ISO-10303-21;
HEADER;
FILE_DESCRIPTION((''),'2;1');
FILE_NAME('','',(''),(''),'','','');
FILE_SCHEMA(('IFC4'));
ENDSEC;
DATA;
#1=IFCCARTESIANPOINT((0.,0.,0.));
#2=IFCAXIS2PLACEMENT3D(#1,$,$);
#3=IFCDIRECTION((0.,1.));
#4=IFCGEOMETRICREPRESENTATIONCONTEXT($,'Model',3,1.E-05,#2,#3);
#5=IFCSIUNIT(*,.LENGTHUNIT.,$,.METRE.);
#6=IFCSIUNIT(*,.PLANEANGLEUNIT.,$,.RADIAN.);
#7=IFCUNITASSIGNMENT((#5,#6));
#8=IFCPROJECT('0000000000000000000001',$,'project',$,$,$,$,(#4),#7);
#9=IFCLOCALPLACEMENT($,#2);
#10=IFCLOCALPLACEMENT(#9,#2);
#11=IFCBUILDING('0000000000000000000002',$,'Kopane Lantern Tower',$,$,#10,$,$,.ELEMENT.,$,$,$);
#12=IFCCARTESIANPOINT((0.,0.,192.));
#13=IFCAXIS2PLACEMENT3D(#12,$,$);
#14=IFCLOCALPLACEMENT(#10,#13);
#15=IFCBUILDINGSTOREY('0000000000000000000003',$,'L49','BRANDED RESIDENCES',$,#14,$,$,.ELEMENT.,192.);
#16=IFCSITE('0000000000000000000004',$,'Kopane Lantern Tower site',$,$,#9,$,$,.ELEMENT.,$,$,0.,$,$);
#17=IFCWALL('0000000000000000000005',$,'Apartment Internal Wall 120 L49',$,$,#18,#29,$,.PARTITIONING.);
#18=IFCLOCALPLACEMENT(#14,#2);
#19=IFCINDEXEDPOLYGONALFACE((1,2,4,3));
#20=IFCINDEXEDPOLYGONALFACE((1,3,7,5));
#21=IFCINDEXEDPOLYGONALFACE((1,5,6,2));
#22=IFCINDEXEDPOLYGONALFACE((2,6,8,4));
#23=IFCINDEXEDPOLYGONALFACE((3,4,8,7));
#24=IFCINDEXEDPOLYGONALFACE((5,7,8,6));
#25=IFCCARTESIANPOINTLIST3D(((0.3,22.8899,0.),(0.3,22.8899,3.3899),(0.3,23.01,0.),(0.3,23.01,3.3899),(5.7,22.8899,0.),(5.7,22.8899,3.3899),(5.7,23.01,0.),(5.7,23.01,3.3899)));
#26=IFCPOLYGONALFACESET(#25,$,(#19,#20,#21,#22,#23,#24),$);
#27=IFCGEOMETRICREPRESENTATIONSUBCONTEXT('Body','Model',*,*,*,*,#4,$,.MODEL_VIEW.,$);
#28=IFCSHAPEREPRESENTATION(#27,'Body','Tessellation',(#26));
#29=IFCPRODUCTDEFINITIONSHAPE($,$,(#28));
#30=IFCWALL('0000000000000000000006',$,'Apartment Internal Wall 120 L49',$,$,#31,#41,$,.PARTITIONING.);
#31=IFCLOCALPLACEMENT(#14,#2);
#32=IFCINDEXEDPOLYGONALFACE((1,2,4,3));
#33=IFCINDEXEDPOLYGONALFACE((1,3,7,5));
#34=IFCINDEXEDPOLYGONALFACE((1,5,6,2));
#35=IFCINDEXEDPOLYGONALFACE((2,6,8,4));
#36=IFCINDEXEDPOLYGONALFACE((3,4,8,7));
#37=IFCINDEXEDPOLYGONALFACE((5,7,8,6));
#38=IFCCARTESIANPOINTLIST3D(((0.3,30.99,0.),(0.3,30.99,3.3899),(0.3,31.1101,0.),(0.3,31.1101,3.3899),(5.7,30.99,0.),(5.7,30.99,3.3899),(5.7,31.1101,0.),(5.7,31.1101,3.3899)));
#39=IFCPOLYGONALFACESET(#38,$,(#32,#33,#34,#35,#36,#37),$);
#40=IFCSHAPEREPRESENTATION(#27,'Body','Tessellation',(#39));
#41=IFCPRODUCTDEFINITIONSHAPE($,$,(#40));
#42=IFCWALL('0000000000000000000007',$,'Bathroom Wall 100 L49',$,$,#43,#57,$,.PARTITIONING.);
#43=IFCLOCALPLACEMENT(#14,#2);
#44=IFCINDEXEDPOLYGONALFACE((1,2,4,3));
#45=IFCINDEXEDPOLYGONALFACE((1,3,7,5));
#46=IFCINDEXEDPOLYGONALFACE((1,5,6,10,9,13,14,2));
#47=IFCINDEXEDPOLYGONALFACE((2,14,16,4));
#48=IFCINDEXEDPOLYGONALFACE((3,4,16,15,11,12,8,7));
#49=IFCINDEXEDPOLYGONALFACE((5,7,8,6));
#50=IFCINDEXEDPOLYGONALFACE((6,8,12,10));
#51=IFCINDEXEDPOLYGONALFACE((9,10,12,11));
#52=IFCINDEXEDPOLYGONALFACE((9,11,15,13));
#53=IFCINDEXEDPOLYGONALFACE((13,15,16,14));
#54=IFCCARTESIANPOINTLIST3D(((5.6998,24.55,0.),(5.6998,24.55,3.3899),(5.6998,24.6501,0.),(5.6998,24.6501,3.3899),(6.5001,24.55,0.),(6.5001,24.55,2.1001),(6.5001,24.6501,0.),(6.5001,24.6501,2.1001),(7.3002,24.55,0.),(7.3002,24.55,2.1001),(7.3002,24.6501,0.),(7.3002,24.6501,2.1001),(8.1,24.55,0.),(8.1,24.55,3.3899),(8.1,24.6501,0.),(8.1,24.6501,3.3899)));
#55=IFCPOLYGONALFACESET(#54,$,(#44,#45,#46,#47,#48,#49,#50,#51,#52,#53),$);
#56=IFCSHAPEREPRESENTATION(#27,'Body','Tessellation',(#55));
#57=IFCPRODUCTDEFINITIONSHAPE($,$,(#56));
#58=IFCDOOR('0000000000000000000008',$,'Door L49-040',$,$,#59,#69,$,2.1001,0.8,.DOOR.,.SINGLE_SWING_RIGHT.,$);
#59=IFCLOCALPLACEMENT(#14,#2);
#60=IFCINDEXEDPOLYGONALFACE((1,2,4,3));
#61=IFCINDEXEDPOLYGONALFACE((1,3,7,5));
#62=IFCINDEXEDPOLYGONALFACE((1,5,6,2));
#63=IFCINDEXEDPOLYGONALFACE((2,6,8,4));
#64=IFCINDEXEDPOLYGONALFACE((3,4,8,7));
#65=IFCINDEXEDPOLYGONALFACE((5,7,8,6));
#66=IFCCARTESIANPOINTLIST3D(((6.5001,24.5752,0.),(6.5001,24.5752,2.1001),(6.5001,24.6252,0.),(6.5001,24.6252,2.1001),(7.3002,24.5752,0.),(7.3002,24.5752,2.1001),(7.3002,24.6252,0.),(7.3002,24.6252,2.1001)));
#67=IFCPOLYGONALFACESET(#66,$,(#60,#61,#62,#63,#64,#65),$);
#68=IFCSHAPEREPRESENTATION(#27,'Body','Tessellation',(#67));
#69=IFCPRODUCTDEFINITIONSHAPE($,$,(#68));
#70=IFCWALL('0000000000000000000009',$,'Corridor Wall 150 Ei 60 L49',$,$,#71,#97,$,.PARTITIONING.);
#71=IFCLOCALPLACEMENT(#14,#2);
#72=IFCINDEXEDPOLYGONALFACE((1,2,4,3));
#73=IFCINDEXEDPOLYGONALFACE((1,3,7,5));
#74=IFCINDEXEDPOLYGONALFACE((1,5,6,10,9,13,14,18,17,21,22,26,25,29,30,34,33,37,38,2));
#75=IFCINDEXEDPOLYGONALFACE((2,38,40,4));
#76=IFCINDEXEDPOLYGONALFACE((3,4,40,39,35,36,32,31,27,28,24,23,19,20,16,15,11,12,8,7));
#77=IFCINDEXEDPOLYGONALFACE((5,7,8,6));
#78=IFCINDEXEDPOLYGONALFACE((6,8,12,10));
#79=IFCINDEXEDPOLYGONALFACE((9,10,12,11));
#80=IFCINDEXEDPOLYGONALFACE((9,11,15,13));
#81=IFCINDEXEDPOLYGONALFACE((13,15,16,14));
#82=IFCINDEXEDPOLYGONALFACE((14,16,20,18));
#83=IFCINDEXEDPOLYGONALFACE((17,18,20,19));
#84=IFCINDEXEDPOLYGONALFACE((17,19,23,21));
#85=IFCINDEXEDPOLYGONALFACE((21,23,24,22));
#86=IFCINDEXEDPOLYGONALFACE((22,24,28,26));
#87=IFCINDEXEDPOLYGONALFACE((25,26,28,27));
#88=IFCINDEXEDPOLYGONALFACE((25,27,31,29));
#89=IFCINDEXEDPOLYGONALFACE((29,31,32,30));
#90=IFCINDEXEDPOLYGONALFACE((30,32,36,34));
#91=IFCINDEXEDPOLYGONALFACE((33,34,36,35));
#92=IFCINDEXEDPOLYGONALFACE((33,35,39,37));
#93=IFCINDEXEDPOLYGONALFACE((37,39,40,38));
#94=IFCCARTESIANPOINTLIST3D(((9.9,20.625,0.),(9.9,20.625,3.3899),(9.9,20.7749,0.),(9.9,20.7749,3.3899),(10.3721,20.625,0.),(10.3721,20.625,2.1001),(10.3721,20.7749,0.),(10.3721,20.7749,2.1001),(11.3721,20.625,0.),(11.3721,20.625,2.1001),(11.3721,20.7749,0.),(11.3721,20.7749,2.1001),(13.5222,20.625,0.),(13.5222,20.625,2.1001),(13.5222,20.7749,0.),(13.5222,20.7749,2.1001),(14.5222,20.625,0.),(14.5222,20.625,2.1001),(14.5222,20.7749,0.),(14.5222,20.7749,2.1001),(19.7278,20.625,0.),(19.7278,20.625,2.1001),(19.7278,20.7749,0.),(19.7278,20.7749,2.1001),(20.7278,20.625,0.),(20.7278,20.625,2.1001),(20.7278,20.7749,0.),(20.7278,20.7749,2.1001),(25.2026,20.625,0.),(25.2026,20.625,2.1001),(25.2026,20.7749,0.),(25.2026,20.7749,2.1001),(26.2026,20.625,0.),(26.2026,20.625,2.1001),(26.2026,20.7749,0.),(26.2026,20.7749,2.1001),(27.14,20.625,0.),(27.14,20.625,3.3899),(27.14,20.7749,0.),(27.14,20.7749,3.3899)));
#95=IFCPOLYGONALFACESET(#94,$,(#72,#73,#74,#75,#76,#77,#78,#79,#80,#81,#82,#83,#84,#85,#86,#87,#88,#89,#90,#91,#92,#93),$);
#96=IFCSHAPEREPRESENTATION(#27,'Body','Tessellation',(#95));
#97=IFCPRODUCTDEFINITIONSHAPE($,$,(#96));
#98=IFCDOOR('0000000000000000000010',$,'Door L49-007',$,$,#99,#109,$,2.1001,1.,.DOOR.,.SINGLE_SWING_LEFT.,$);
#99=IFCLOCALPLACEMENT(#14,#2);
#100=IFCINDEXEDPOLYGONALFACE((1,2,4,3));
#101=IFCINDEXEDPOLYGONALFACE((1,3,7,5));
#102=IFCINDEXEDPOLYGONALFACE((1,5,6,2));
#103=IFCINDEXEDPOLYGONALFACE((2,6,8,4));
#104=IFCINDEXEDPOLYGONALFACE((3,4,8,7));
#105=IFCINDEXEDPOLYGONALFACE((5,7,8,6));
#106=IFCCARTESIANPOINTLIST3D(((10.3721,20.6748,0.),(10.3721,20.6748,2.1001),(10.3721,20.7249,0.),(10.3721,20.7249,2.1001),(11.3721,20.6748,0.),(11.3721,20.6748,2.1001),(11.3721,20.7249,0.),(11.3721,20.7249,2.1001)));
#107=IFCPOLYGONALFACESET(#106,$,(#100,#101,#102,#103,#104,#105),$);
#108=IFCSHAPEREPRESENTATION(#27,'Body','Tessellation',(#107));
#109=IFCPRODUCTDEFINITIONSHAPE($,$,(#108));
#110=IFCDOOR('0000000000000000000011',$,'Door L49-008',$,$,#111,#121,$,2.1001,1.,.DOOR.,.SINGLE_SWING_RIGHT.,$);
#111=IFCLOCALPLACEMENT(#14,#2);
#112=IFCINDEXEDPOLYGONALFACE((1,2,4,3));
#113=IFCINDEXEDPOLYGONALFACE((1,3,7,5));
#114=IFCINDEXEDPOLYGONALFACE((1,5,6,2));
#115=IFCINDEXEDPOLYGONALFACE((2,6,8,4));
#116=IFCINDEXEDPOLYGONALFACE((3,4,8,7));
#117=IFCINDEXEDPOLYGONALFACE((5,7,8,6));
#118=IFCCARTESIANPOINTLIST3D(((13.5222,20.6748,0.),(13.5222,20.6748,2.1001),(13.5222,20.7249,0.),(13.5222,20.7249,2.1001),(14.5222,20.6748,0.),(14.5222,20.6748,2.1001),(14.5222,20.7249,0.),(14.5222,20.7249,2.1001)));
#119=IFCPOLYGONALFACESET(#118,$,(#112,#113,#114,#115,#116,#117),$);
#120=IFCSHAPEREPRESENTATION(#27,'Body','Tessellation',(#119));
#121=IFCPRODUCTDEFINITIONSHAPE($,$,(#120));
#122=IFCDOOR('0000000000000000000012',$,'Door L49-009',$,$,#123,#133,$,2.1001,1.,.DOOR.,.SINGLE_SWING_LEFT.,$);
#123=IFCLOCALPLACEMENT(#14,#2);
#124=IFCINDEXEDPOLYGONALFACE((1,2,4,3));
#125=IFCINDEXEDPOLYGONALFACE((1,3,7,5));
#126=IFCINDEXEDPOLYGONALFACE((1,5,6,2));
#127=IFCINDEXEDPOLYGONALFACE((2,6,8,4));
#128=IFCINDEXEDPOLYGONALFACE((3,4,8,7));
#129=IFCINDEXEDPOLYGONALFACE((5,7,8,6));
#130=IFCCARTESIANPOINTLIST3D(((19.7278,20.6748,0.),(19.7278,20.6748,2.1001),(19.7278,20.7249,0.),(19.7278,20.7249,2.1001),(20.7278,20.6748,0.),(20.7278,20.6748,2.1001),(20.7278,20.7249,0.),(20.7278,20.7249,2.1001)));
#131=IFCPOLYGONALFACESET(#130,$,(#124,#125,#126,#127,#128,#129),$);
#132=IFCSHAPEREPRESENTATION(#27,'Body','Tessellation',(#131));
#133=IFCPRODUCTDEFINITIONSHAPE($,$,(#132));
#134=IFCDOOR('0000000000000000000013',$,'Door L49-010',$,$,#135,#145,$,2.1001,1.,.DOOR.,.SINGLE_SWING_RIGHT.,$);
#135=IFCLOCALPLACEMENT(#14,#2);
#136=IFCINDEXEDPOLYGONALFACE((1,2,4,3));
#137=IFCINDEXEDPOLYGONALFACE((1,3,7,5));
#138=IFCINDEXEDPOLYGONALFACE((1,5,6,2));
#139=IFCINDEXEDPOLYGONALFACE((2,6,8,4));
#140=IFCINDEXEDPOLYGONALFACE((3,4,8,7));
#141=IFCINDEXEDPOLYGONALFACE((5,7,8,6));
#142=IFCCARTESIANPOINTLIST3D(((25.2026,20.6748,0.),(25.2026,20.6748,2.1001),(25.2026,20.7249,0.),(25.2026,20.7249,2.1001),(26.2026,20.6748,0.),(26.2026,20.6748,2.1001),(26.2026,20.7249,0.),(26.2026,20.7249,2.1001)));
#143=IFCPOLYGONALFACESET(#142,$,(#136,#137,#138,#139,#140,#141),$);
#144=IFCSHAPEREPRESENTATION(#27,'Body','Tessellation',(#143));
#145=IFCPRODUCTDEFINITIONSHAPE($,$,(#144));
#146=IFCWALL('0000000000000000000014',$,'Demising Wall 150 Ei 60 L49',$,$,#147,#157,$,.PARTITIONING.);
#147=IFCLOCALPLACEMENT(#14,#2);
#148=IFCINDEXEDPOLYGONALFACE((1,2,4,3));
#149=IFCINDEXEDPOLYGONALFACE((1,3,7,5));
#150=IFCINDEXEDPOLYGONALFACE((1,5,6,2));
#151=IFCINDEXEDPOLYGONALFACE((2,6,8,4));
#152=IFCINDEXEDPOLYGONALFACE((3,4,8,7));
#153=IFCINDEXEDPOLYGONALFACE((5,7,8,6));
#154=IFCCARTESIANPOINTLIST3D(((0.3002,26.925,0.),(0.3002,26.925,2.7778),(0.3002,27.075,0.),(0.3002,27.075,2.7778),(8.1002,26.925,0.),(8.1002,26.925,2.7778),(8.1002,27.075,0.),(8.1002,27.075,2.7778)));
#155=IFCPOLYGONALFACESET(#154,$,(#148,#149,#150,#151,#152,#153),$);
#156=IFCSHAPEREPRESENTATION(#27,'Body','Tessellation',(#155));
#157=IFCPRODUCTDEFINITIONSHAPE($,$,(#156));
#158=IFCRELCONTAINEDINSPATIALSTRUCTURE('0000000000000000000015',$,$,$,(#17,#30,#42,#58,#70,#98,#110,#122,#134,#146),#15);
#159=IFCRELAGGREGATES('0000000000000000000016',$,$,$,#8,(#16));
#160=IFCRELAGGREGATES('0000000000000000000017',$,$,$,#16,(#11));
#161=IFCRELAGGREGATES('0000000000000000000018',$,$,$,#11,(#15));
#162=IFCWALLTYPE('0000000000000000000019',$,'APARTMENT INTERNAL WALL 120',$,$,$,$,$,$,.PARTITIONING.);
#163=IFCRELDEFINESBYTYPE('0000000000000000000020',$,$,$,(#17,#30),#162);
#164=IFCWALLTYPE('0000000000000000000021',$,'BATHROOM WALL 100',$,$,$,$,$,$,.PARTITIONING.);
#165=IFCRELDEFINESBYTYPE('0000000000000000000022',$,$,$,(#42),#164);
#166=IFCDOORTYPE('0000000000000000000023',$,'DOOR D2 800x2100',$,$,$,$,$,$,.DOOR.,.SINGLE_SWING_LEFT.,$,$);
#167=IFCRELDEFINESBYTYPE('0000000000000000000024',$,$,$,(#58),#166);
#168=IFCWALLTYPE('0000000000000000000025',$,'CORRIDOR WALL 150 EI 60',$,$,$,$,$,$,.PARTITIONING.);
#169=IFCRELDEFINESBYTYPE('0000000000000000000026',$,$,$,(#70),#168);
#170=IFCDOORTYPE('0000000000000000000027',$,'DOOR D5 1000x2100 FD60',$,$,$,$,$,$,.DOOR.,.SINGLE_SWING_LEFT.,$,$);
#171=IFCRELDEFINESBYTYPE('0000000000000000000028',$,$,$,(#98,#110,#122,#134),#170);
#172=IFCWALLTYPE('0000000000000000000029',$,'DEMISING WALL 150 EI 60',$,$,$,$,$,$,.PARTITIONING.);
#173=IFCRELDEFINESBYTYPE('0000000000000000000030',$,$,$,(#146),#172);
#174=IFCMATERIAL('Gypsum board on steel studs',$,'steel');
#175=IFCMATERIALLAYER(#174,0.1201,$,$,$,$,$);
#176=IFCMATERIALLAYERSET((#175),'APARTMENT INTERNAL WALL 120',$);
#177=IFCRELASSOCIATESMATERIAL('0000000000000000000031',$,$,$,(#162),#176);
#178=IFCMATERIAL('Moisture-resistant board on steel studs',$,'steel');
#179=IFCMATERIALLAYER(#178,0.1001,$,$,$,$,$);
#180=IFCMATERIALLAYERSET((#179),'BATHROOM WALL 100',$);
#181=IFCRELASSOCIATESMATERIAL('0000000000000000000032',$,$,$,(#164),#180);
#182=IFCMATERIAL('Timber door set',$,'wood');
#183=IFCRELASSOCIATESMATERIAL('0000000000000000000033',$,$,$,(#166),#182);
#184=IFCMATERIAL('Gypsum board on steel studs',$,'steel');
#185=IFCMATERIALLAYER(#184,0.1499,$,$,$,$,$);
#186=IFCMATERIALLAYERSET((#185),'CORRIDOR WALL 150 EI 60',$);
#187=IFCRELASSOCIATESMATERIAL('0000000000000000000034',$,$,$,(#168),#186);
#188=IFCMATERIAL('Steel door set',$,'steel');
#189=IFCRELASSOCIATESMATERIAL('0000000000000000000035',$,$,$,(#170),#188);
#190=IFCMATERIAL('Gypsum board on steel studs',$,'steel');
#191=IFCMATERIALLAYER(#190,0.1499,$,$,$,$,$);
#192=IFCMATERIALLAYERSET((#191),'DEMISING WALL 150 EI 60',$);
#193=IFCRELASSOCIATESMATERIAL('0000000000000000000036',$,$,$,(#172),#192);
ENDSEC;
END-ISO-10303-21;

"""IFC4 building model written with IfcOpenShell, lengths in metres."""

from ifc_helpers import new_model, si_unit, direction, frame, frame_2d, origin, place, context, subcontext, project, spatial, rectangle, extrude, material, layer, layer_set, type_object, element, fill, save


model = new_model("IFC4")

# Units and contexts
model_context = context("Model", 3, precision=1e-05, world=origin(), true_north=direction((0.0, 1.0)))
body_context = subcontext(model_context, "Body", "Model", "MODEL_VIEW")
ifc_project = project(units=[si_unit("LENGTHUNIT", "METRE"), si_unit("PLANEANGLEUNIT", "RADIAN")], contexts=[model_context])

# Site, building, storey
site_placement = place(None, origin())
site = spatial("IfcSite", under=ifc_project, at=site_placement, Name="Kopane Lantern Tower site", CompositionType="ELEMENT", RefElevation=0.0)
building_placement = place(site_placement, origin())
building = spatial("IfcBuilding", under=site, at=building_placement, Name="Kopane Lantern Tower", CompositionType="ELEMENT")
storey_placement = place(building_placement, frame((0.0, 0.0, 192.0)))
storey = spatial("IfcBuildingStorey", under=building, at=storey_placement, Name="L49", Description="BRANDED RESIDENCES", CompositionType="ELEMENT", Elevation=192.0)

# Walls
ifc_material_1 = material(Name="Gypsum board on steel studs", Category="steel")
ifc_layer_1 = layer(ifc_material_1, 0.1201)
ifc_layer_set_1 = layer_set([ifc_layer_1], Name="APARTMENT INTERNAL WALL 120")
wall_type_1 = type_object("IfcWallType", Name="APARTMENT INTERNAL WALL 120", PredefinedType="PARTITIONING", material=ifc_layer_set_1)
for number, where, z_axis, x_axis, name in (
    (1, (5.7, 22.95, 0.0), (0.0, 0.0, 1.0), (-1.0, 0.0, 0.0), "Apartment Internal Wall 120 L49"),
    (2, (5.7, 31.05, 0.0), (0.0, 0.0, 1.0), (-1.0, 0.0, 0.0), "Apartment Internal Wall 120 L49"),
):
    element("IfcWall", number, at=place(storey_placement, frame(where, z_axis=z_axis, x_axis=x_axis)), inside=storey, type_object=wall_type_1, Name=name, PredefinedType="PARTITIONING", context=body_context, shape_type="SweptSolid", body=[
        extrude(rectangle(XDim=5.3999, YDim=0.1201, at=frame_2d((2.7, 0.0))), origin(), (0.0, 0.0, 1.0), 3.3899),
    ])

# Wall, opening, door
ifc_material_2 = material(Name="Moisture-resistant board on steel studs", Category="steel")
ifc_layer_2 = layer(ifc_material_2, 0.1001)
ifc_layer_set_2 = layer_set([ifc_layer_2], Name="BATHROOM WALL 100")
wall_type_2 = type_object("IfcWallType", Name="BATHROOM WALL 100", PredefinedType="PARTITIONING", material=ifc_layer_set_2)
wall_1_placement = place(storey_placement, frame((8.1001, 24.6001, 0.0), z_axis=(0.0, 0.0, 1.0), x_axis=(-1.0, 0.0, 0.0)))
wall_1 = element("IfcWall", 3, at=wall_1_placement, inside=storey, type_object=wall_type_2, Name="Bathroom Wall 100 L49", PredefinedType="PARTITIONING", context=body_context, shape_type="SweptSolid", body=[
    extrude(rectangle(XDim=2.4001, YDim=0.1001, at=frame_2d((1.2002, 0.0))), origin(), (0.0, 0.0, 1.0), 3.3899),
])
opening_1_placement = place(wall_1_placement, frame((0.8, 0.0, 0.0)))
opening_1 = element("IfcOpeningElement", 4, at=opening_1_placement, cuts=wall_1, PredefinedType="OPENING", context=body_context, shape_type="SweptSolid", body=[
    extrude(rectangle(XDim=0.8, YDim=2.1001, at=frame_2d((0.3999, 1.05))), frame((0.0, 0.0601, 0.0), z_axis=(0.0, -1.0, 0.0), x_axis=(1.0, 0.0, 0.0)), (0.0, 0.0, 1.0), 0.1201),
])
ifc_material_3 = material(Name="Timber door set", Category="wood")
door_type_1 = type_object("IfcDoorType", Name="DOOR D2 800x2100", OperationType="SINGLE_SWING_LEFT", PredefinedType="DOOR", material=ifc_material_3)
door_1_placement = place(opening_1_placement, origin())
door_1 = element("IfcDoor", 5, at=door_1_placement, inside=storey, type_object=door_type_1, Name="Door L49-040", OperationType="SINGLE_SWING_RIGHT", OverallHeight=2.1001, OverallWidth=0.8, PredefinedType="DOOR", context=body_context, shape_type="SweptSolid", body=[
    extrude(rectangle(XDim=0.8, YDim=2.1001, at=frame_2d((0.3999, 1.05))), frame((0.0, 0.0249, 0.0), z_axis=(0.0, -1.0, 0.0), x_axis=(1.0, 0.0, 0.0)), (0.0, 0.0, 1.0), 0.05),
])
fill(opening_1, door_1)

# Wall, openings, doors
ifc_material_4 = material(Name="Gypsum board on steel studs", Category="steel")
ifc_layer_3 = layer(ifc_material_4, 0.1499)
ifc_layer_set_3 = layer_set([ifc_layer_3], Name="CORRIDOR WALL 150 EI 60")
wall_type_3 = type_object("IfcWallType", Name="CORRIDOR WALL 150 EI 60", PredefinedType="PARTITIONING", material=ifc_layer_set_3)
wall_2_placement = place(storey_placement, frame((9.8999, 20.7, 0.0), z_axis=(0.0, 0.0, 1.0), x_axis=(1.0, 0.0, 0.0)))
wall_2 = element("IfcWall", 6, at=wall_2_placement, inside=storey, type_object=wall_type_3, Name="Corridor Wall 150 Ei 60 L49", PredefinedType="PARTITIONING", context=body_context, shape_type="SweptSolid", body=[
    extrude(rectangle(XDim=17.24, YDim=0.1499, at=frame_2d((8.6201, 0.0))), origin(), (0.0, 0.0, 1.0), 3.3899),
])
opening_2_placement = place(wall_2_placement, frame((0.4722, 0.0, 0.0)))
opening_2 = element("IfcOpeningElement", 7, at=opening_2_placement, cuts=wall_2, PredefinedType="OPENING", context=body_context, shape_type="SweptSolid", body=[
    extrude(rectangle(XDim=1.0, YDim=2.1001, at=frame_2d((0.5, 1.05))), frame((0.0, 0.085, 0.0), z_axis=(0.0, -1.0, 0.0), x_axis=(1.0, 0.0, 0.0)), (0.0, 0.0, 1.0), 0.1699),
])
opening_3_placement = place(wall_2_placement, frame((3.6223, 0.0, 0.0)))
opening_3 = element("IfcOpeningElement", 8, at=opening_3_placement, cuts=wall_2, PredefinedType="OPENING", context=body_context, shape_type="SweptSolid", body=[
    extrude(rectangle(XDim=1.0, YDim=2.1001, at=frame_2d((0.5, 1.05))), frame((0.0, 0.085, 0.0), z_axis=(0.0, -1.0, 0.0), x_axis=(1.0, 0.0, 0.0)), (0.0, 0.0, 1.0), 0.1699),
])
opening_4_placement = place(wall_2_placement, frame((9.8279, 0.0, 0.0)))
opening_4 = element("IfcOpeningElement", 9, at=opening_4_placement, cuts=wall_2, PredefinedType="OPENING", context=body_context, shape_type="SweptSolid", body=[
    extrude(rectangle(XDim=1.0, YDim=2.1001, at=frame_2d((0.5, 1.05))), frame((0.0, 0.085, 0.0), z_axis=(0.0, -1.0, 0.0), x_axis=(1.0, 0.0, 0.0)), (0.0, 0.0, 1.0), 0.1699),
])
opening_5_placement = place(wall_2_placement, frame((15.3027, 0.0, 0.0)))
opening_5 = element("IfcOpeningElement", 10, at=opening_5_placement, cuts=wall_2, PredefinedType="OPENING", context=body_context, shape_type="SweptSolid", body=[
    extrude(rectangle(XDim=1.0, YDim=2.1001, at=frame_2d((0.5, 1.05))), frame((0.0, 0.085, 0.0), z_axis=(0.0, -1.0, 0.0), x_axis=(1.0, 0.0, 0.0)), (0.0, 0.0, 1.0), 0.1699),
])
ifc_material_5 = material(Name="Steel door set", Category="steel")
door_type_2 = type_object("IfcDoorType", Name="DOOR D5 1000x2100 FD60", OperationType="SINGLE_SWING_LEFT", PredefinedType="DOOR", material=ifc_material_5)
door_2_placement = place(opening_2_placement, origin())
door_2 = element("IfcDoor", 11, at=door_2_placement, inside=storey, type_object=door_type_2, Name="Door L49-007", OperationType="SINGLE_SWING_LEFT", OverallHeight=2.1001, OverallWidth=1.0, PredefinedType="DOOR", context=body_context, shape_type="SweptSolid", body=[
    extrude(rectangle(XDim=1.0, YDim=2.1001, at=frame_2d((0.5, 1.05))), frame((0.0, 0.0249, 0.0), z_axis=(0.0, -1.0, 0.0), x_axis=(1.0, 0.0, 0.0)), (0.0, 0.0, 1.0), 0.05),
])
fill(opening_2, door_2)
door_3_placement = place(opening_3_placement, origin())
door_3 = element("IfcDoor", 12, at=door_3_placement, inside=storey, type_object=door_type_2, Name="Door L49-008", OperationType="SINGLE_SWING_RIGHT", OverallHeight=2.1001, OverallWidth=1.0, PredefinedType="DOOR", context=body_context, shape_type="SweptSolid", body=[
    extrude(rectangle(XDim=1.0, YDim=2.1001, at=frame_2d((0.5, 1.05))), frame((0.0, 0.0249, 0.0), z_axis=(0.0, -1.0, 0.0), x_axis=(1.0, 0.0, 0.0)), (0.0, 0.0, 1.0), 0.05),
])
fill(opening_3, door_3)
door_4_placement = place(opening_4_placement, origin())
door_4 = element("IfcDoor", 13, at=door_4_placement, inside=storey, type_object=door_type_2, Name="Door L49-009", OperationType="SINGLE_SWING_LEFT", OverallHeight=2.1001, OverallWidth=1.0, PredefinedType="DOOR", context=body_context, shape_type="SweptSolid", body=[
    extrude(rectangle(XDim=1.0, YDim=2.1001, at=frame_2d((0.5, 1.05))), frame((0.0, 0.0249, 0.0), z_axis=(0.0, -1.0, 0.0), x_axis=(1.0, 0.0, 0.0)), (0.0, 0.0, 1.0), 0.05),
])
fill(opening_4, door_4)
door_5_placement = place(opening_5_placement, origin())
door_5 = element("IfcDoor", 14, at=door_5_placement, inside=storey, type_object=door_type_2, Name="Door L49-010", OperationType="SINGLE_SWING_RIGHT", OverallHeight=2.1001, OverallWidth=1.0, PredefinedType="DOOR", context=body_context, shape_type="SweptSolid", body=[
    extrude(rectangle(XDim=1.0, YDim=2.1001, at=frame_2d((0.5, 1.05))), frame((0.0, 0.0249, 0.0), z_axis=(0.0, -1.0, 0.0), x_axis=(1.0, 0.0, 0.0)), (0.0, 0.0, 1.0), 0.05),
])
fill(opening_5, door_5)

# Wall
ifc_material_6 = material(Name="Gypsum board on steel studs", Category="steel")
ifc_layer_4 = layer(ifc_material_6, 0.1499)
ifc_layer_set_4 = layer_set([ifc_layer_4], Name="DEMISING WALL 150 EI 60")
wall_type_4 = type_object("IfcWallType", Name="DEMISING WALL 150 EI 60", PredefinedType="PARTITIONING", material=ifc_layer_set_4)
wall_3_placement = place(storey_placement, frame((8.1001, 27.0, 0.0), z_axis=(0.0, 0.0, 1.0), x_axis=(-1.0, 0.0, 0.0)))
element("IfcWall", 15, at=wall_3_placement, inside=storey, type_object=wall_type_4, Name="Demising Wall 150 Ei 60 L49", PredefinedType="PARTITIONING", context=body_context, shape_type="SweptSolid", body=[
    extrude(rectangle(XDim=7.8, YDim=0.1499, at=frame_2d((3.8999, 0.0))), origin(), (0.0, 0.0, 1.0), 2.7778),
])

save(model, "model.ifc")
